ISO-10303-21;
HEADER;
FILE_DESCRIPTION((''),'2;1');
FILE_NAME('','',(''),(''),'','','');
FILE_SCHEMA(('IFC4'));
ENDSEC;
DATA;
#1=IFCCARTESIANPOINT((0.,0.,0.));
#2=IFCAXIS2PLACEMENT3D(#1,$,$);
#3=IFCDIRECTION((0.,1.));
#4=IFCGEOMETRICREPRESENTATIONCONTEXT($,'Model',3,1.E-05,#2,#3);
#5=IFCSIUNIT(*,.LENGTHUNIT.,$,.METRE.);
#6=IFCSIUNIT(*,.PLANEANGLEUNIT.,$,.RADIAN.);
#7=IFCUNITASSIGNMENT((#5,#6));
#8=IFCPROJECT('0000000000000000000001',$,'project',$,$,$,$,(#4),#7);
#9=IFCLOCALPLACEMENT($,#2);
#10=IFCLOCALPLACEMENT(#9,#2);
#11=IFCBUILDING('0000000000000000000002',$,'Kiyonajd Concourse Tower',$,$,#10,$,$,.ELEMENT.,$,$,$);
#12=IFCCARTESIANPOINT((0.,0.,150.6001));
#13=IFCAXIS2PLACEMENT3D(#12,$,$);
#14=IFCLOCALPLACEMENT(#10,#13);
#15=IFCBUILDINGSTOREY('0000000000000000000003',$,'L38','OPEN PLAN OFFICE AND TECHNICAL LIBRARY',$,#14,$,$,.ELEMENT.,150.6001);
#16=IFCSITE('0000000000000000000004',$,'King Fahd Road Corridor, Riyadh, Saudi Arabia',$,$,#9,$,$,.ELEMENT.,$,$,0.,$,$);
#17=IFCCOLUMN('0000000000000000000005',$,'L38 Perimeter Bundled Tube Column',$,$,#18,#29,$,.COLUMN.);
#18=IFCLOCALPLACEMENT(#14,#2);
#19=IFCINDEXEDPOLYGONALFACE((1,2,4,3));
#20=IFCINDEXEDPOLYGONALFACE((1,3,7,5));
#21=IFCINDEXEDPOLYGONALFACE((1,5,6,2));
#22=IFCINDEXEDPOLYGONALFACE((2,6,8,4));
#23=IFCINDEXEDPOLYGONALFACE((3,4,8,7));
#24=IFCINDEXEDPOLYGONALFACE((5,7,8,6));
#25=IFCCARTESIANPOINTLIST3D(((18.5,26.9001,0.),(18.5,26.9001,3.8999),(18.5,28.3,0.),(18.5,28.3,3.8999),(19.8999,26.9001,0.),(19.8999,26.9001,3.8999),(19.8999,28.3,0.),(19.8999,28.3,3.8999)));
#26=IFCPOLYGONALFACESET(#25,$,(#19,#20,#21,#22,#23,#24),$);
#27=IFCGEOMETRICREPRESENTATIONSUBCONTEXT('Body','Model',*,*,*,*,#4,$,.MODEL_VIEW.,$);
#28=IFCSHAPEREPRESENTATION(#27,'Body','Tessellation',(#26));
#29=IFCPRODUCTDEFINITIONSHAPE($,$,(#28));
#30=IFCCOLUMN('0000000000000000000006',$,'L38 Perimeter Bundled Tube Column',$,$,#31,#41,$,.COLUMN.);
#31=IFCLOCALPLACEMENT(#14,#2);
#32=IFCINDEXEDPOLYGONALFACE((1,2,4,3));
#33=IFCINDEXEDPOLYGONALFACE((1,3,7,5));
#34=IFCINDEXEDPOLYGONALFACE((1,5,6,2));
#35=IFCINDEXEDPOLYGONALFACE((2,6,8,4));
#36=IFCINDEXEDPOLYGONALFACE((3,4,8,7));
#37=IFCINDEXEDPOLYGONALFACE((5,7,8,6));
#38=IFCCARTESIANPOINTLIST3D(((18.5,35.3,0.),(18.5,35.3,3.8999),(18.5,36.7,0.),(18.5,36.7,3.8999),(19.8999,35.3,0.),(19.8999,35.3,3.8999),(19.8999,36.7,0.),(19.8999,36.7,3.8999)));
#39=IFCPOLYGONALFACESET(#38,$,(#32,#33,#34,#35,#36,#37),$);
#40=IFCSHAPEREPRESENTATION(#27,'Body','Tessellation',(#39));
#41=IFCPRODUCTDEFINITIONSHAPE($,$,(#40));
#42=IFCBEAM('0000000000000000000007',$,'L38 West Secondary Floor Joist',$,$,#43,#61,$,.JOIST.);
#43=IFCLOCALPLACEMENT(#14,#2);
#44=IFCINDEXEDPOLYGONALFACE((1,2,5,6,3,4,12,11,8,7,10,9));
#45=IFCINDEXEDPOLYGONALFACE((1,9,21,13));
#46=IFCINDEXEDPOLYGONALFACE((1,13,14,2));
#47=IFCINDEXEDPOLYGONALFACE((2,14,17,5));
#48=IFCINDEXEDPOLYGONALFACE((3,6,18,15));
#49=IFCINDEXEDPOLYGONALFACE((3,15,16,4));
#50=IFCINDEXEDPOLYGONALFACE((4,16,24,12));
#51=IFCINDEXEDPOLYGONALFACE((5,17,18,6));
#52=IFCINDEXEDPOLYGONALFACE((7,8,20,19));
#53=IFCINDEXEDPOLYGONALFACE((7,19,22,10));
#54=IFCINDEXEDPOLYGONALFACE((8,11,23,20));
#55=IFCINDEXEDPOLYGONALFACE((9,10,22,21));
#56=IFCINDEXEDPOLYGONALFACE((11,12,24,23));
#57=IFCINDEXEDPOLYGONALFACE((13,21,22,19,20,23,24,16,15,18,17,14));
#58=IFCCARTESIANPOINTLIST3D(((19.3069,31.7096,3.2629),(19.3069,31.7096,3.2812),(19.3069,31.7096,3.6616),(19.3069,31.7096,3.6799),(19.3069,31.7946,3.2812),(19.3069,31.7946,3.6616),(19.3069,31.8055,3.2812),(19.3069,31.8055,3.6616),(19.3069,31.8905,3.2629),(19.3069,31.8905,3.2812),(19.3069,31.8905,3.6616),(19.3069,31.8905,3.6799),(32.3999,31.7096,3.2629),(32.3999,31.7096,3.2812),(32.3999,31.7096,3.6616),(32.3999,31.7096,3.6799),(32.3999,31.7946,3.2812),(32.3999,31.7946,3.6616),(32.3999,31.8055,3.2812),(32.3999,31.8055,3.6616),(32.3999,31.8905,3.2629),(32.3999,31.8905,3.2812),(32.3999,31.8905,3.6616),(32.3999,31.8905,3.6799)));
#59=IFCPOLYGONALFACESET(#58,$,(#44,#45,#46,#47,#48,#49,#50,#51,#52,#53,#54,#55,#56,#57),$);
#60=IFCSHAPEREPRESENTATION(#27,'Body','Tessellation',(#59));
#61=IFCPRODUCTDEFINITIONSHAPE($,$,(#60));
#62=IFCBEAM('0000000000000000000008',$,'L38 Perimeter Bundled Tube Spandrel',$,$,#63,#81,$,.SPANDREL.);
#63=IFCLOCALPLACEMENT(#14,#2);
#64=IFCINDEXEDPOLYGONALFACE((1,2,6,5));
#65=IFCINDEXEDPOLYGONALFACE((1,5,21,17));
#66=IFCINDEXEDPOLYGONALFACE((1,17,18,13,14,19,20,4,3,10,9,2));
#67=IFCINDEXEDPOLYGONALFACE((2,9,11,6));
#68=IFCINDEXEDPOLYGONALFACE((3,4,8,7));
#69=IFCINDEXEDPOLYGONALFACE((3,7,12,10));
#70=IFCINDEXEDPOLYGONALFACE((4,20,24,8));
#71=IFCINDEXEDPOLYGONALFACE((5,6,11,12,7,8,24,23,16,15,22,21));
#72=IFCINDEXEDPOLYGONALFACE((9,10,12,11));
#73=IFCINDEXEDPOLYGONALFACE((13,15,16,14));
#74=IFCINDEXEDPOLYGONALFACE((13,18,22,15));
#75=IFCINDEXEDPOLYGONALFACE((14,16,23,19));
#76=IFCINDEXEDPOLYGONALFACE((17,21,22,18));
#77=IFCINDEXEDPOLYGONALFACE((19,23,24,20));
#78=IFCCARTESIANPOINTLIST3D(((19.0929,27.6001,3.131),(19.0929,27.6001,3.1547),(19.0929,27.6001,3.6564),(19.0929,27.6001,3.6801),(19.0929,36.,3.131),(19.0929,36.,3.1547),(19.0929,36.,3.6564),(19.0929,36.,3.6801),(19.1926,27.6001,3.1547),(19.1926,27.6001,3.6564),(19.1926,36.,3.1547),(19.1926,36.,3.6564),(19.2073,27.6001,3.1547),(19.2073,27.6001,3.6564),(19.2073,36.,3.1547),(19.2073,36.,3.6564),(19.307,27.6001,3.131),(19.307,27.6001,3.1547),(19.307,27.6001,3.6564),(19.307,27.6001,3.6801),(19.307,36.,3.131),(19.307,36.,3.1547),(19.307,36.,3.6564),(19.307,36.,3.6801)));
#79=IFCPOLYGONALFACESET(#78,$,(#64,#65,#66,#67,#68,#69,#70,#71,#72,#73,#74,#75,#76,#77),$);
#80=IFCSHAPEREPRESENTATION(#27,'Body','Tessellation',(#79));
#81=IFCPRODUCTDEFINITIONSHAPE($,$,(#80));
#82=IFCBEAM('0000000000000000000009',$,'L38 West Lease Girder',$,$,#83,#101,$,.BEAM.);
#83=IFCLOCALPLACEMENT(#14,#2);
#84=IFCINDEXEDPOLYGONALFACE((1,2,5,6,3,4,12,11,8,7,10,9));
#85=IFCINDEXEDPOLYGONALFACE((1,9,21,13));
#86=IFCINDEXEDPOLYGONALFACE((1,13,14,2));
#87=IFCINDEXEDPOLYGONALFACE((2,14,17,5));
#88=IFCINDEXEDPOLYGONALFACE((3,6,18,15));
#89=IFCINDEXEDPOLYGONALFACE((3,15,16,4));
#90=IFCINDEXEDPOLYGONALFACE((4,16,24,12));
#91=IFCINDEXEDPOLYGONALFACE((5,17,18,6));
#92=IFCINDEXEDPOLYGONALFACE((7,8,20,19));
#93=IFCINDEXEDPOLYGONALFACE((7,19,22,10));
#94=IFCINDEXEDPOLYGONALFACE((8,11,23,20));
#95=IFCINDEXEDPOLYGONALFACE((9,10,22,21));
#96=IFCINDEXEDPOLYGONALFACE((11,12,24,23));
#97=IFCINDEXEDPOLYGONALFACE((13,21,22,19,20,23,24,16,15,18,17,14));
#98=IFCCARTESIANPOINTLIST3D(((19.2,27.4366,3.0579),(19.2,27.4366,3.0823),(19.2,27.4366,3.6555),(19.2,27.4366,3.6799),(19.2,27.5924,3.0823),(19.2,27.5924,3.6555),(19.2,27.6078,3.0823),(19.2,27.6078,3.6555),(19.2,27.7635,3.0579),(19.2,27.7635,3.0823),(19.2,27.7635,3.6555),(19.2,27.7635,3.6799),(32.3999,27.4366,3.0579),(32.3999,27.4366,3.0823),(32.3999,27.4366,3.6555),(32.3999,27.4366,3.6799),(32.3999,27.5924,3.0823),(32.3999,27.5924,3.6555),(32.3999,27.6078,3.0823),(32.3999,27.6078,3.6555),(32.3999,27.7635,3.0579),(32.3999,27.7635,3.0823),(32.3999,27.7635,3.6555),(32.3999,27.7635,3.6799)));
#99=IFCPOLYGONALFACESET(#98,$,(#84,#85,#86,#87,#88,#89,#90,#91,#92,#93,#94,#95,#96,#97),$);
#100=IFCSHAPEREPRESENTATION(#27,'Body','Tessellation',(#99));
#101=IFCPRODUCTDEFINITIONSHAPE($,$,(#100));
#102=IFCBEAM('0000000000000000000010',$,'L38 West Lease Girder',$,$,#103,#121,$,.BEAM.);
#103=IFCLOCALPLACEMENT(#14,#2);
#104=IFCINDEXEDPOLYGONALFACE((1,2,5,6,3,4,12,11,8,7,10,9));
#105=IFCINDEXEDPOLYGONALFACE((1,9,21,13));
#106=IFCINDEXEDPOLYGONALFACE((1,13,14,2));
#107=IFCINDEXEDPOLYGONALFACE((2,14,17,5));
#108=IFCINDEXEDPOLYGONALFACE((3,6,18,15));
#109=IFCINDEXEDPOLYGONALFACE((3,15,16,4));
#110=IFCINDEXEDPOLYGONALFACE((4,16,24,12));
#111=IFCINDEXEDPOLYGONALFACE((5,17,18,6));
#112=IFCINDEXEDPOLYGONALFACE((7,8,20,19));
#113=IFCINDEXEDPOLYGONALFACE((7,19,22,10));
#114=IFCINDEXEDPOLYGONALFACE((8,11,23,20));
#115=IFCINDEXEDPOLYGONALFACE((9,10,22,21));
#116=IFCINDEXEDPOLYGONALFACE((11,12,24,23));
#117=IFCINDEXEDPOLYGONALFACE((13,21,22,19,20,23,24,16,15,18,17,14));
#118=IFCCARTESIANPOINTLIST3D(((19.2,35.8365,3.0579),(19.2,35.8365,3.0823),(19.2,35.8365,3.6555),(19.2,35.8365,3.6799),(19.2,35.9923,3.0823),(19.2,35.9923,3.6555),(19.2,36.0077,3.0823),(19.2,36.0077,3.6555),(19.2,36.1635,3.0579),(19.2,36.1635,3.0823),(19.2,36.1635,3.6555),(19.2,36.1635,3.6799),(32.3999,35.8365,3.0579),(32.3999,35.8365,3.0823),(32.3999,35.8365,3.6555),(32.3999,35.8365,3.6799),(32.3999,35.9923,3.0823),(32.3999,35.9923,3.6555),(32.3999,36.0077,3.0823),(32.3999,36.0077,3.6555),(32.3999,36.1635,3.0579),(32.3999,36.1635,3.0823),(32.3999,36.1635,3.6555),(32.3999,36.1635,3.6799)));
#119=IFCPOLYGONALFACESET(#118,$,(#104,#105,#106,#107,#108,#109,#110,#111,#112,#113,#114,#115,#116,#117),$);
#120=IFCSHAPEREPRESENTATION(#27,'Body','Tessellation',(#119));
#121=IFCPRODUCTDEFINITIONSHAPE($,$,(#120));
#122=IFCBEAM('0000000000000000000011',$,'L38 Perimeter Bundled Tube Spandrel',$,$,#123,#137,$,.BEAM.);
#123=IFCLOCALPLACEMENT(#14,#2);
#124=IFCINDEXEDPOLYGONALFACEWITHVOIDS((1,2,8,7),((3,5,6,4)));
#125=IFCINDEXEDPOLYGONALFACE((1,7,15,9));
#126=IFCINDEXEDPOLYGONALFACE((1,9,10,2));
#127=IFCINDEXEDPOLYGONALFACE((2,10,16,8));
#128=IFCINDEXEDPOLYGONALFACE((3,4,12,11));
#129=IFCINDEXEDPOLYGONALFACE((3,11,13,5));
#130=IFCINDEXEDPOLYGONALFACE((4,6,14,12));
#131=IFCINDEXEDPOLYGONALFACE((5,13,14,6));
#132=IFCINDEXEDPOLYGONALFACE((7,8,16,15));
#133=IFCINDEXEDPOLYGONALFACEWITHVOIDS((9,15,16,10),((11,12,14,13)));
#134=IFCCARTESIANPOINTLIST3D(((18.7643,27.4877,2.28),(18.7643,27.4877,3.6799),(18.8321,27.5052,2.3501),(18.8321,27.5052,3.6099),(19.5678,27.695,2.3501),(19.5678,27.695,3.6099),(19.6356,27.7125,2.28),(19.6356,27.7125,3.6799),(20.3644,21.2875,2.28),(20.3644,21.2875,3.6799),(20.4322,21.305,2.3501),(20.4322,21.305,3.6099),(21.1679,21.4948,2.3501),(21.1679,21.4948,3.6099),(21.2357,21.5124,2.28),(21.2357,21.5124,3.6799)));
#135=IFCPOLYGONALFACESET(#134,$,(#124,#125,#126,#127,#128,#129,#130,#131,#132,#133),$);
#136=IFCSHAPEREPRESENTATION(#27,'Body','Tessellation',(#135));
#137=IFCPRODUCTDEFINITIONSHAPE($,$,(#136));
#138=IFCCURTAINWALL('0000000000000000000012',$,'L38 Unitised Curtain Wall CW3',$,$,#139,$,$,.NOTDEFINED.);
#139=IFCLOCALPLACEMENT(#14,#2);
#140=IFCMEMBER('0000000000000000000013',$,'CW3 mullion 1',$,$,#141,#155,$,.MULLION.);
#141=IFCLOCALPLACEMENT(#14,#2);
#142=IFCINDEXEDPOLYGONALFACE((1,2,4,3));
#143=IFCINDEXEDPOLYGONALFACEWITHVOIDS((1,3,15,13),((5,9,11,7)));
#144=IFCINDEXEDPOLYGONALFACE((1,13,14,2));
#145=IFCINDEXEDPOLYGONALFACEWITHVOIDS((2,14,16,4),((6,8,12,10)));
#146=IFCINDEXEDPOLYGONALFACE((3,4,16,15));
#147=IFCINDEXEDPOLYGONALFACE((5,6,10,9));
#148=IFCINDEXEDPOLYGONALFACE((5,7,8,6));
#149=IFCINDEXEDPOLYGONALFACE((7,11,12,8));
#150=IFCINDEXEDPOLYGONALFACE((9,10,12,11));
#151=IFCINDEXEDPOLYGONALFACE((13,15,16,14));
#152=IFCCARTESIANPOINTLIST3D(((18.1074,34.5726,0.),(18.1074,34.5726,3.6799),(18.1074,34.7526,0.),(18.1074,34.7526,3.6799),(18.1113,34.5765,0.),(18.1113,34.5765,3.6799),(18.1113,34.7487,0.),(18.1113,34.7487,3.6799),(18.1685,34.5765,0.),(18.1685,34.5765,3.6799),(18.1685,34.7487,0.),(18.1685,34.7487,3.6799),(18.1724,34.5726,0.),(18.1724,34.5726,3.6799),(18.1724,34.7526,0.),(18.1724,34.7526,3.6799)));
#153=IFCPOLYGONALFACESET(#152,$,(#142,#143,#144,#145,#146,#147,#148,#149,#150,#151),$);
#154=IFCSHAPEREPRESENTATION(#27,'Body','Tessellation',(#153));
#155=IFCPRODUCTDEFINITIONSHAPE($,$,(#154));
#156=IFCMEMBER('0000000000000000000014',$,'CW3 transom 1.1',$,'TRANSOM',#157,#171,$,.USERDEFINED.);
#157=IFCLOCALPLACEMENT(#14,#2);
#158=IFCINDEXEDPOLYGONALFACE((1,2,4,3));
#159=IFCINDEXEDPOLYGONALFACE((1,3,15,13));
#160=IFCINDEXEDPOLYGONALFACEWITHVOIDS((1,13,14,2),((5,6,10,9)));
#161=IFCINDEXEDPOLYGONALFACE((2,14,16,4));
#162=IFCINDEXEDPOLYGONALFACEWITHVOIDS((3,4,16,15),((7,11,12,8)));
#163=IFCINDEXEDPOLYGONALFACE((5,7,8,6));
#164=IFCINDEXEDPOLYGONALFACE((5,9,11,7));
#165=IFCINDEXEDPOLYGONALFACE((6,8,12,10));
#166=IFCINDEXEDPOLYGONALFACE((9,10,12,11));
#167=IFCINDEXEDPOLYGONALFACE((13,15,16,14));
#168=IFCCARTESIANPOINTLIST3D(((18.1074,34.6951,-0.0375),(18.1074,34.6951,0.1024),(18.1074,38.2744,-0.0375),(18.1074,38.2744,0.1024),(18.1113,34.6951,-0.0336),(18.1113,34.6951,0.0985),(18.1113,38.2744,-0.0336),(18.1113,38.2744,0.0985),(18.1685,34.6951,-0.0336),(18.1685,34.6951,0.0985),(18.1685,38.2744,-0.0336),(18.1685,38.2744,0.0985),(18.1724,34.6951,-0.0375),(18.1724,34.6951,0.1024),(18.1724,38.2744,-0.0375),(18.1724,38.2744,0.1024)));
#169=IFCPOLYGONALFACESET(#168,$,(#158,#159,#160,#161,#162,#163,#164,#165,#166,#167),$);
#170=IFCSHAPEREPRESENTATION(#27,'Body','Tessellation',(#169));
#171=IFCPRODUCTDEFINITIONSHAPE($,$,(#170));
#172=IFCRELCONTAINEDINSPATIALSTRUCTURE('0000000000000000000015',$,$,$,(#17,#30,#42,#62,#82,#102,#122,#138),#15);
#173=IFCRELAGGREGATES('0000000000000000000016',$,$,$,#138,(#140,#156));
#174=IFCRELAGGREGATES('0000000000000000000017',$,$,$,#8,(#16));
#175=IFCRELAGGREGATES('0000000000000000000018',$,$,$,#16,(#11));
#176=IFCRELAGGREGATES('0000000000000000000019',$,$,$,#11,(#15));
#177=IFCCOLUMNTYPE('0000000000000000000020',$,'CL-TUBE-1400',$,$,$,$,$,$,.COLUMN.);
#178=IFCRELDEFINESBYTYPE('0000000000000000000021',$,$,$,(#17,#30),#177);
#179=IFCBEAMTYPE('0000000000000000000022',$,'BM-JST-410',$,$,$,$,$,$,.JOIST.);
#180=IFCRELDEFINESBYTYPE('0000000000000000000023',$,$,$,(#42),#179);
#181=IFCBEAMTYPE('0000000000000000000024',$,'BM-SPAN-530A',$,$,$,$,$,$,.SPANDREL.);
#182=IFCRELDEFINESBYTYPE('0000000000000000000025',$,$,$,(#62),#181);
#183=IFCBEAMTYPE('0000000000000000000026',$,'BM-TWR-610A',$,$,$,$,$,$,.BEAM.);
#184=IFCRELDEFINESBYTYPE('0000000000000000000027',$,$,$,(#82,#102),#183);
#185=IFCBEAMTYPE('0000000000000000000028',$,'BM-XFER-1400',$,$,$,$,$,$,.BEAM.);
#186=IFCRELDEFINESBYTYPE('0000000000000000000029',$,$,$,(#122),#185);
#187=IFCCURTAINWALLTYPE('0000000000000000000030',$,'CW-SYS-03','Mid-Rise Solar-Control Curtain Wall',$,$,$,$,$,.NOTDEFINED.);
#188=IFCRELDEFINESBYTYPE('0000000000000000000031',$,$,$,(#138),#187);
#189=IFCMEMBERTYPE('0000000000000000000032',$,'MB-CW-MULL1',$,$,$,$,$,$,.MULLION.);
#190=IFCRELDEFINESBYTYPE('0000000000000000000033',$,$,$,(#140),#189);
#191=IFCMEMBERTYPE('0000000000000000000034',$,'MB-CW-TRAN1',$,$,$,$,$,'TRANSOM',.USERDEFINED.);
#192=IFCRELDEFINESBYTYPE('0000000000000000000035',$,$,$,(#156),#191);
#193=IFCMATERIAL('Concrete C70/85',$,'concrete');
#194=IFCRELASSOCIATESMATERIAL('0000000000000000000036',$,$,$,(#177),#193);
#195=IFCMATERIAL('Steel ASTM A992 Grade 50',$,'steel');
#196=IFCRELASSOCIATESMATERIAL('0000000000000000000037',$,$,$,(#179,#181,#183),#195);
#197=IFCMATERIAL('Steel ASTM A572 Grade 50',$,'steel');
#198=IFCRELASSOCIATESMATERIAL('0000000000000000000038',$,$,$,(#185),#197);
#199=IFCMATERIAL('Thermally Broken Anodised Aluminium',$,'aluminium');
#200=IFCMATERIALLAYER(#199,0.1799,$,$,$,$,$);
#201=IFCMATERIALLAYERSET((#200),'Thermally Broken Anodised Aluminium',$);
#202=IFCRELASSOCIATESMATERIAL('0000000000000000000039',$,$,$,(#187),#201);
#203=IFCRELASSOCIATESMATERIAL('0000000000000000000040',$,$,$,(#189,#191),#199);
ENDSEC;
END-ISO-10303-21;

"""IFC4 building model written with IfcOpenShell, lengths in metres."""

from ifc_helpers import new_model, si_unit, direction, frame, origin, origin_2d, place, context, subcontext, project, spatial, rectangle, hollow_rectangle, i_section, extrude, material, layer, layer_set, material_profile, profile_set, type_object, element, aggregate, save


model = new_model("IFC4")

# Units and contexts
model_context = context("Model", 3, precision=1e-05, world=origin(), true_north=direction((0.0, 1.0)))
body_context = subcontext(model_context, "Body", "Model", "MODEL_VIEW")
ifc_project = project(units=[si_unit("LENGTHUNIT", "METRE"), si_unit("PLANEANGLEUNIT", "RADIAN")], contexts=[model_context])

# Site, building, storey
site_placement = place(None, origin())
site = spatial("IfcSite", under=ifc_project, at=site_placement, Name="King Fahd Road Corridor, Riyadh, Saudi Arabia", CompositionType="ELEMENT", RefElevation=0.0)
building_placement = place(site_placement, origin())
building = spatial("IfcBuilding", under=site, at=building_placement, Name="Kiyonajd Concourse Tower", CompositionType="ELEMENT")
storey_placement = place(building_placement, frame((0.0, 0.0, 150.6001)))
storey = spatial("IfcBuildingStorey", under=building, at=storey_placement, Name="L38", Description="OPEN PLAN OFFICE AND TECHNICAL LIBRARY", CompositionType="ELEMENT", Elevation=150.6001)

# Columns
ifc_material_1 = material(Name="Concrete C70/85", Category="concrete")
ifc_material_profile_1 = material_profile(ifc_material_1, rectangle(XDim=1.3999, YDim=1.3999, at=origin_2d()), Name="RC-1400x1400")
ifc_profile_set_1 = profile_set([ifc_material_profile_1], Name="Concrete C70/85")
column_type = type_object("IfcColumnType", Name="CL-TUBE-1400", PredefinedType="COLUMN", material=ifc_profile_set_1)
for number, where, z_axis, x_axis, name in (
    (1, (19.2, 27.6001, 0.0), (0.0, 0.0, 1.0), (1.0, 0.0, 0.0), "L38 Perimeter Bundled Tube Column"),
    (2, (19.2, 36.0, 0.0), (0.0, 0.0, 1.0), (1.0, 0.0, 0.0), "L38 Perimeter Bundled Tube Column"),
):
    element("IfcColumn", number, at=place(storey_placement, frame(where, z_axis=z_axis, x_axis=x_axis)), inside=storey, type_object=column_type, Name=name, PredefinedType="COLUMN", context=body_context, shape_type="SweptSolid", body=[
        extrude(rectangle(XDim=1.3999, YDim=1.3999, at=origin_2d()), origin(), (0.0, 0.0, 1.0), 3.8999),
    ])

# Beams
ifc_material_2 = material(Name="Steel ASTM A992 Grade 50", Category="steel")
ifc_material_profile_2 = material_profile(ifc_material_2, i_section(OverallWidth=0.1809, OverallDepth=0.417, WebThickness=0.011, FlangeThickness=0.0183, at=origin_2d()), Name="W410X85")
ifc_profile_set_2 = profile_set([ifc_material_profile_2], Name="Steel ASTM A992 Grade 50")
beam_type_1 = type_object("IfcBeamType", Name="BM-JST-410", PredefinedType="JOIST", material=ifc_profile_set_2)
beam_1_placement = place(storey_placement, frame((19.3069, 31.8, 3.4714), z_axis=(1.0, 0.0, 0.0), x_axis=(0.0, 1.0, 0.0)))
element("IfcBeam", 3, at=beam_1_placement, inside=storey, type_object=beam_type_1, Name="L38 West Secondary Floor Joist", PredefinedType="JOIST", context=body_context, shape_type="SweptSolid", body=[
    extrude(i_section(OverallWidth=0.1809, OverallDepth=0.417, WebThickness=0.011, FlangeThickness=0.0183, at=origin_2d()), origin(), (0.0, 0.0, 1.0), 13.093),
])
ifc_material_profile_3 = material_profile(ifc_material_2, i_section(OverallWidth=0.2141, OverallDepth=0.5491, WebThickness=0.0146, FlangeThickness=0.0237, at=origin_2d()), Name="W530X138")
ifc_profile_set_3 = profile_set([ifc_material_profile_3], Name="Steel ASTM A992 Grade 50")
beam_type_2 = type_object("IfcBeamType", Name="BM-SPAN-530A", PredefinedType="SPANDREL", material=ifc_profile_set_3)
beam_2_placement = place(storey_placement, frame((19.2, 36.0, 3.4055), z_axis=(0.0, -1.0, 0.0), x_axis=(1.0, 0.0, 0.0)))
element("IfcBeam", 4, at=beam_2_placement, inside=storey, type_object=beam_type_2, Name="L38 Perimeter Bundled Tube Spandrel", PredefinedType="SPANDREL", context=body_context, shape_type="SweptSolid", body=[
    extrude(i_section(OverallWidth=0.2141, OverallDepth=0.5491, WebThickness=0.0146, FlangeThickness=0.0237, at=origin_2d()), origin(), (0.0, 0.0, 1.0), 8.3999),
])
ifc_material_profile_4 = material_profile(ifc_material_2, i_section(OverallWidth=0.3269, OverallDepth=0.6221, WebThickness=0.0154, FlangeThickness=0.0244, at=origin_2d()), Name="W610X195")
ifc_profile_set_4 = profile_set([ifc_material_profile_4], Name="Steel ASTM A992 Grade 50")
beam_type_3 = type_object("IfcBeamType", Name="BM-TWR-610A", PredefinedType="BEAM", material=ifc_profile_set_4)
for number, where, z_axis, x_axis, name in (
    (5, (19.2, 27.6001, 3.3689), (1.0, 0.0, 0.0), (0.0, 1.0, 0.0), "L38 West Lease Girder"),
    (6, (19.2, 36.0, 3.3689), (1.0, 0.0, 0.0), (0.0, 1.0, 0.0), "L38 West Lease Girder"),
):
    element("IfcBeam", number, at=place(storey_placement, frame(where, z_axis=z_axis, x_axis=x_axis)), inside=storey, type_object=beam_type_3, Name=name, PredefinedType="BEAM", context=body_context, shape_type="SweptSolid", body=[
        extrude(i_section(OverallWidth=0.3269, OverallDepth=0.6221, WebThickness=0.0154, FlangeThickness=0.0244, at=origin_2d()), origin(), (0.0, 0.0, 1.0), 13.2),
    ])
ifc_material_3 = material(Name="Steel ASTM A572 Grade 50", Category="steel")
ifc_material_profile_5 = material_profile(ifc_material_3, hollow_rectangle(XDim=0.8999, YDim=1.3999, WallThickness=0.0701, at=origin_2d()), Name="BOX-1400x900x70")
ifc_profile_set_5 = profile_set([ifc_material_profile_5], Name="Steel ASTM A572 Grade 50")
beam_type_4 = type_object("IfcBeamType", Name="BM-XFER-1400", PredefinedType="BEAM", material=ifc_profile_set_5)
beam_3_placement = place(storey_placement, frame((19.2, 27.6001, 2.98), z_axis=(0.249885, -0.968276, 0.0), x_axis=(0.968276, 0.249885, 0.0)))
element("IfcBeam", 7, at=beam_3_placement, inside=storey, type_object=beam_type_4, Name="L38 Perimeter Bundled Tube Spandrel", PredefinedType="BEAM", context=body_context, shape_type="SweptSolid", body=[
    extrude(hollow_rectangle(XDim=0.8999, YDim=1.3999, WallThickness=0.0701, at=origin_2d()), origin(), (0.0, 0.0, 1.0), 6.4033),
])

# Curtain wall, members
ifc_material_4 = material(Name="Thermally Broken Anodised Aluminium", Category="aluminium")
ifc_layer_1 = layer(ifc_material_4, 0.1799)
ifc_layer_set_1 = layer_set([ifc_layer_1], Name="Thermally Broken Anodised Aluminium")
curtain_wall_type = type_object("IfcCurtainWallType", Name="CW-SYS-03", Description="Mid-Rise Solar-Control Curtain Wall", PredefinedType="NOTDEFINED", material=ifc_layer_set_1)
curtain_wall_placement = place(storey_placement, origin())
curtain_wall = element("IfcCurtainWall", 8, at=curtain_wall_placement, inside=storey, type_object=curtain_wall_type, Name="L38 Unitised Curtain Wall CW3", PredefinedType="NOTDEFINED")
ifc_material_profile_6 = material_profile(ifc_material_4, hollow_rectangle(XDim=0.0649, YDim=0.1799, WallThickness=0.0039, at=origin_2d()), Name="MULL-65x180")
ifc_profile_set_6 = profile_set([ifc_material_profile_6], Name="Thermally Broken Anodised Aluminium")
member_type_1 = type_object("IfcMemberType", Name="MB-CW-MULL1", PredefinedType="MULLION", material=ifc_profile_set_6)
member_1_placement = place(storey_placement, frame((18.1399, 34.6626, 0.0), z_axis=(0.0, 0.0, 1.0), x_axis=(-1.0, 0.0, 0.0)))
member_1 = element("IfcMember", 9, at=member_1_placement, type_object=member_type_1, Name="CW3 mullion 1", PredefinedType="MULLION", context=body_context, shape_type="SweptSolid", body=[
    extrude(hollow_rectangle(XDim=0.0649, YDim=0.1799, WallThickness=0.0039, at=origin_2d()), origin(), (0.0, 0.0, 1.0), 3.6799),
])
ifc_material_profile_7 = material_profile(ifc_material_4, hollow_rectangle(XDim=0.0649, YDim=0.1399, WallThickness=0.0039, at=origin_2d()), Name="TRAN-65x140")
ifc_profile_set_7 = profile_set([ifc_material_profile_7], Name="Thermally Broken Anodised Aluminium")
member_type_2 = type_object("IfcMemberType", Name="MB-CW-TRAN1", ElementType="TRANSOM", PredefinedType="USERDEFINED", material=ifc_profile_set_7)
member_2_placement = place(storey_placement, frame((18.1399, 34.6951, 0.0325), z_axis=(0.0, 1.0, 0.0), x_axis=(-1.0, 0.0, 0.0)))
member_2 = element("IfcMember", 10, at=member_2_placement, type_object=member_type_2, Name="CW3 transom 1.1", ObjectType="TRANSOM", PredefinedType="USERDEFINED", context=body_context, shape_type="SweptSolid", body=[
    extrude(hollow_rectangle(XDim=0.0649, YDim=0.1399, WallThickness=0.0039, at=origin_2d()), origin(), (0.0, 0.0, 1.0), 3.5793),
])

aggregate(curtain_wall, [member_1, member_2])

save(model, "model.ifc")
